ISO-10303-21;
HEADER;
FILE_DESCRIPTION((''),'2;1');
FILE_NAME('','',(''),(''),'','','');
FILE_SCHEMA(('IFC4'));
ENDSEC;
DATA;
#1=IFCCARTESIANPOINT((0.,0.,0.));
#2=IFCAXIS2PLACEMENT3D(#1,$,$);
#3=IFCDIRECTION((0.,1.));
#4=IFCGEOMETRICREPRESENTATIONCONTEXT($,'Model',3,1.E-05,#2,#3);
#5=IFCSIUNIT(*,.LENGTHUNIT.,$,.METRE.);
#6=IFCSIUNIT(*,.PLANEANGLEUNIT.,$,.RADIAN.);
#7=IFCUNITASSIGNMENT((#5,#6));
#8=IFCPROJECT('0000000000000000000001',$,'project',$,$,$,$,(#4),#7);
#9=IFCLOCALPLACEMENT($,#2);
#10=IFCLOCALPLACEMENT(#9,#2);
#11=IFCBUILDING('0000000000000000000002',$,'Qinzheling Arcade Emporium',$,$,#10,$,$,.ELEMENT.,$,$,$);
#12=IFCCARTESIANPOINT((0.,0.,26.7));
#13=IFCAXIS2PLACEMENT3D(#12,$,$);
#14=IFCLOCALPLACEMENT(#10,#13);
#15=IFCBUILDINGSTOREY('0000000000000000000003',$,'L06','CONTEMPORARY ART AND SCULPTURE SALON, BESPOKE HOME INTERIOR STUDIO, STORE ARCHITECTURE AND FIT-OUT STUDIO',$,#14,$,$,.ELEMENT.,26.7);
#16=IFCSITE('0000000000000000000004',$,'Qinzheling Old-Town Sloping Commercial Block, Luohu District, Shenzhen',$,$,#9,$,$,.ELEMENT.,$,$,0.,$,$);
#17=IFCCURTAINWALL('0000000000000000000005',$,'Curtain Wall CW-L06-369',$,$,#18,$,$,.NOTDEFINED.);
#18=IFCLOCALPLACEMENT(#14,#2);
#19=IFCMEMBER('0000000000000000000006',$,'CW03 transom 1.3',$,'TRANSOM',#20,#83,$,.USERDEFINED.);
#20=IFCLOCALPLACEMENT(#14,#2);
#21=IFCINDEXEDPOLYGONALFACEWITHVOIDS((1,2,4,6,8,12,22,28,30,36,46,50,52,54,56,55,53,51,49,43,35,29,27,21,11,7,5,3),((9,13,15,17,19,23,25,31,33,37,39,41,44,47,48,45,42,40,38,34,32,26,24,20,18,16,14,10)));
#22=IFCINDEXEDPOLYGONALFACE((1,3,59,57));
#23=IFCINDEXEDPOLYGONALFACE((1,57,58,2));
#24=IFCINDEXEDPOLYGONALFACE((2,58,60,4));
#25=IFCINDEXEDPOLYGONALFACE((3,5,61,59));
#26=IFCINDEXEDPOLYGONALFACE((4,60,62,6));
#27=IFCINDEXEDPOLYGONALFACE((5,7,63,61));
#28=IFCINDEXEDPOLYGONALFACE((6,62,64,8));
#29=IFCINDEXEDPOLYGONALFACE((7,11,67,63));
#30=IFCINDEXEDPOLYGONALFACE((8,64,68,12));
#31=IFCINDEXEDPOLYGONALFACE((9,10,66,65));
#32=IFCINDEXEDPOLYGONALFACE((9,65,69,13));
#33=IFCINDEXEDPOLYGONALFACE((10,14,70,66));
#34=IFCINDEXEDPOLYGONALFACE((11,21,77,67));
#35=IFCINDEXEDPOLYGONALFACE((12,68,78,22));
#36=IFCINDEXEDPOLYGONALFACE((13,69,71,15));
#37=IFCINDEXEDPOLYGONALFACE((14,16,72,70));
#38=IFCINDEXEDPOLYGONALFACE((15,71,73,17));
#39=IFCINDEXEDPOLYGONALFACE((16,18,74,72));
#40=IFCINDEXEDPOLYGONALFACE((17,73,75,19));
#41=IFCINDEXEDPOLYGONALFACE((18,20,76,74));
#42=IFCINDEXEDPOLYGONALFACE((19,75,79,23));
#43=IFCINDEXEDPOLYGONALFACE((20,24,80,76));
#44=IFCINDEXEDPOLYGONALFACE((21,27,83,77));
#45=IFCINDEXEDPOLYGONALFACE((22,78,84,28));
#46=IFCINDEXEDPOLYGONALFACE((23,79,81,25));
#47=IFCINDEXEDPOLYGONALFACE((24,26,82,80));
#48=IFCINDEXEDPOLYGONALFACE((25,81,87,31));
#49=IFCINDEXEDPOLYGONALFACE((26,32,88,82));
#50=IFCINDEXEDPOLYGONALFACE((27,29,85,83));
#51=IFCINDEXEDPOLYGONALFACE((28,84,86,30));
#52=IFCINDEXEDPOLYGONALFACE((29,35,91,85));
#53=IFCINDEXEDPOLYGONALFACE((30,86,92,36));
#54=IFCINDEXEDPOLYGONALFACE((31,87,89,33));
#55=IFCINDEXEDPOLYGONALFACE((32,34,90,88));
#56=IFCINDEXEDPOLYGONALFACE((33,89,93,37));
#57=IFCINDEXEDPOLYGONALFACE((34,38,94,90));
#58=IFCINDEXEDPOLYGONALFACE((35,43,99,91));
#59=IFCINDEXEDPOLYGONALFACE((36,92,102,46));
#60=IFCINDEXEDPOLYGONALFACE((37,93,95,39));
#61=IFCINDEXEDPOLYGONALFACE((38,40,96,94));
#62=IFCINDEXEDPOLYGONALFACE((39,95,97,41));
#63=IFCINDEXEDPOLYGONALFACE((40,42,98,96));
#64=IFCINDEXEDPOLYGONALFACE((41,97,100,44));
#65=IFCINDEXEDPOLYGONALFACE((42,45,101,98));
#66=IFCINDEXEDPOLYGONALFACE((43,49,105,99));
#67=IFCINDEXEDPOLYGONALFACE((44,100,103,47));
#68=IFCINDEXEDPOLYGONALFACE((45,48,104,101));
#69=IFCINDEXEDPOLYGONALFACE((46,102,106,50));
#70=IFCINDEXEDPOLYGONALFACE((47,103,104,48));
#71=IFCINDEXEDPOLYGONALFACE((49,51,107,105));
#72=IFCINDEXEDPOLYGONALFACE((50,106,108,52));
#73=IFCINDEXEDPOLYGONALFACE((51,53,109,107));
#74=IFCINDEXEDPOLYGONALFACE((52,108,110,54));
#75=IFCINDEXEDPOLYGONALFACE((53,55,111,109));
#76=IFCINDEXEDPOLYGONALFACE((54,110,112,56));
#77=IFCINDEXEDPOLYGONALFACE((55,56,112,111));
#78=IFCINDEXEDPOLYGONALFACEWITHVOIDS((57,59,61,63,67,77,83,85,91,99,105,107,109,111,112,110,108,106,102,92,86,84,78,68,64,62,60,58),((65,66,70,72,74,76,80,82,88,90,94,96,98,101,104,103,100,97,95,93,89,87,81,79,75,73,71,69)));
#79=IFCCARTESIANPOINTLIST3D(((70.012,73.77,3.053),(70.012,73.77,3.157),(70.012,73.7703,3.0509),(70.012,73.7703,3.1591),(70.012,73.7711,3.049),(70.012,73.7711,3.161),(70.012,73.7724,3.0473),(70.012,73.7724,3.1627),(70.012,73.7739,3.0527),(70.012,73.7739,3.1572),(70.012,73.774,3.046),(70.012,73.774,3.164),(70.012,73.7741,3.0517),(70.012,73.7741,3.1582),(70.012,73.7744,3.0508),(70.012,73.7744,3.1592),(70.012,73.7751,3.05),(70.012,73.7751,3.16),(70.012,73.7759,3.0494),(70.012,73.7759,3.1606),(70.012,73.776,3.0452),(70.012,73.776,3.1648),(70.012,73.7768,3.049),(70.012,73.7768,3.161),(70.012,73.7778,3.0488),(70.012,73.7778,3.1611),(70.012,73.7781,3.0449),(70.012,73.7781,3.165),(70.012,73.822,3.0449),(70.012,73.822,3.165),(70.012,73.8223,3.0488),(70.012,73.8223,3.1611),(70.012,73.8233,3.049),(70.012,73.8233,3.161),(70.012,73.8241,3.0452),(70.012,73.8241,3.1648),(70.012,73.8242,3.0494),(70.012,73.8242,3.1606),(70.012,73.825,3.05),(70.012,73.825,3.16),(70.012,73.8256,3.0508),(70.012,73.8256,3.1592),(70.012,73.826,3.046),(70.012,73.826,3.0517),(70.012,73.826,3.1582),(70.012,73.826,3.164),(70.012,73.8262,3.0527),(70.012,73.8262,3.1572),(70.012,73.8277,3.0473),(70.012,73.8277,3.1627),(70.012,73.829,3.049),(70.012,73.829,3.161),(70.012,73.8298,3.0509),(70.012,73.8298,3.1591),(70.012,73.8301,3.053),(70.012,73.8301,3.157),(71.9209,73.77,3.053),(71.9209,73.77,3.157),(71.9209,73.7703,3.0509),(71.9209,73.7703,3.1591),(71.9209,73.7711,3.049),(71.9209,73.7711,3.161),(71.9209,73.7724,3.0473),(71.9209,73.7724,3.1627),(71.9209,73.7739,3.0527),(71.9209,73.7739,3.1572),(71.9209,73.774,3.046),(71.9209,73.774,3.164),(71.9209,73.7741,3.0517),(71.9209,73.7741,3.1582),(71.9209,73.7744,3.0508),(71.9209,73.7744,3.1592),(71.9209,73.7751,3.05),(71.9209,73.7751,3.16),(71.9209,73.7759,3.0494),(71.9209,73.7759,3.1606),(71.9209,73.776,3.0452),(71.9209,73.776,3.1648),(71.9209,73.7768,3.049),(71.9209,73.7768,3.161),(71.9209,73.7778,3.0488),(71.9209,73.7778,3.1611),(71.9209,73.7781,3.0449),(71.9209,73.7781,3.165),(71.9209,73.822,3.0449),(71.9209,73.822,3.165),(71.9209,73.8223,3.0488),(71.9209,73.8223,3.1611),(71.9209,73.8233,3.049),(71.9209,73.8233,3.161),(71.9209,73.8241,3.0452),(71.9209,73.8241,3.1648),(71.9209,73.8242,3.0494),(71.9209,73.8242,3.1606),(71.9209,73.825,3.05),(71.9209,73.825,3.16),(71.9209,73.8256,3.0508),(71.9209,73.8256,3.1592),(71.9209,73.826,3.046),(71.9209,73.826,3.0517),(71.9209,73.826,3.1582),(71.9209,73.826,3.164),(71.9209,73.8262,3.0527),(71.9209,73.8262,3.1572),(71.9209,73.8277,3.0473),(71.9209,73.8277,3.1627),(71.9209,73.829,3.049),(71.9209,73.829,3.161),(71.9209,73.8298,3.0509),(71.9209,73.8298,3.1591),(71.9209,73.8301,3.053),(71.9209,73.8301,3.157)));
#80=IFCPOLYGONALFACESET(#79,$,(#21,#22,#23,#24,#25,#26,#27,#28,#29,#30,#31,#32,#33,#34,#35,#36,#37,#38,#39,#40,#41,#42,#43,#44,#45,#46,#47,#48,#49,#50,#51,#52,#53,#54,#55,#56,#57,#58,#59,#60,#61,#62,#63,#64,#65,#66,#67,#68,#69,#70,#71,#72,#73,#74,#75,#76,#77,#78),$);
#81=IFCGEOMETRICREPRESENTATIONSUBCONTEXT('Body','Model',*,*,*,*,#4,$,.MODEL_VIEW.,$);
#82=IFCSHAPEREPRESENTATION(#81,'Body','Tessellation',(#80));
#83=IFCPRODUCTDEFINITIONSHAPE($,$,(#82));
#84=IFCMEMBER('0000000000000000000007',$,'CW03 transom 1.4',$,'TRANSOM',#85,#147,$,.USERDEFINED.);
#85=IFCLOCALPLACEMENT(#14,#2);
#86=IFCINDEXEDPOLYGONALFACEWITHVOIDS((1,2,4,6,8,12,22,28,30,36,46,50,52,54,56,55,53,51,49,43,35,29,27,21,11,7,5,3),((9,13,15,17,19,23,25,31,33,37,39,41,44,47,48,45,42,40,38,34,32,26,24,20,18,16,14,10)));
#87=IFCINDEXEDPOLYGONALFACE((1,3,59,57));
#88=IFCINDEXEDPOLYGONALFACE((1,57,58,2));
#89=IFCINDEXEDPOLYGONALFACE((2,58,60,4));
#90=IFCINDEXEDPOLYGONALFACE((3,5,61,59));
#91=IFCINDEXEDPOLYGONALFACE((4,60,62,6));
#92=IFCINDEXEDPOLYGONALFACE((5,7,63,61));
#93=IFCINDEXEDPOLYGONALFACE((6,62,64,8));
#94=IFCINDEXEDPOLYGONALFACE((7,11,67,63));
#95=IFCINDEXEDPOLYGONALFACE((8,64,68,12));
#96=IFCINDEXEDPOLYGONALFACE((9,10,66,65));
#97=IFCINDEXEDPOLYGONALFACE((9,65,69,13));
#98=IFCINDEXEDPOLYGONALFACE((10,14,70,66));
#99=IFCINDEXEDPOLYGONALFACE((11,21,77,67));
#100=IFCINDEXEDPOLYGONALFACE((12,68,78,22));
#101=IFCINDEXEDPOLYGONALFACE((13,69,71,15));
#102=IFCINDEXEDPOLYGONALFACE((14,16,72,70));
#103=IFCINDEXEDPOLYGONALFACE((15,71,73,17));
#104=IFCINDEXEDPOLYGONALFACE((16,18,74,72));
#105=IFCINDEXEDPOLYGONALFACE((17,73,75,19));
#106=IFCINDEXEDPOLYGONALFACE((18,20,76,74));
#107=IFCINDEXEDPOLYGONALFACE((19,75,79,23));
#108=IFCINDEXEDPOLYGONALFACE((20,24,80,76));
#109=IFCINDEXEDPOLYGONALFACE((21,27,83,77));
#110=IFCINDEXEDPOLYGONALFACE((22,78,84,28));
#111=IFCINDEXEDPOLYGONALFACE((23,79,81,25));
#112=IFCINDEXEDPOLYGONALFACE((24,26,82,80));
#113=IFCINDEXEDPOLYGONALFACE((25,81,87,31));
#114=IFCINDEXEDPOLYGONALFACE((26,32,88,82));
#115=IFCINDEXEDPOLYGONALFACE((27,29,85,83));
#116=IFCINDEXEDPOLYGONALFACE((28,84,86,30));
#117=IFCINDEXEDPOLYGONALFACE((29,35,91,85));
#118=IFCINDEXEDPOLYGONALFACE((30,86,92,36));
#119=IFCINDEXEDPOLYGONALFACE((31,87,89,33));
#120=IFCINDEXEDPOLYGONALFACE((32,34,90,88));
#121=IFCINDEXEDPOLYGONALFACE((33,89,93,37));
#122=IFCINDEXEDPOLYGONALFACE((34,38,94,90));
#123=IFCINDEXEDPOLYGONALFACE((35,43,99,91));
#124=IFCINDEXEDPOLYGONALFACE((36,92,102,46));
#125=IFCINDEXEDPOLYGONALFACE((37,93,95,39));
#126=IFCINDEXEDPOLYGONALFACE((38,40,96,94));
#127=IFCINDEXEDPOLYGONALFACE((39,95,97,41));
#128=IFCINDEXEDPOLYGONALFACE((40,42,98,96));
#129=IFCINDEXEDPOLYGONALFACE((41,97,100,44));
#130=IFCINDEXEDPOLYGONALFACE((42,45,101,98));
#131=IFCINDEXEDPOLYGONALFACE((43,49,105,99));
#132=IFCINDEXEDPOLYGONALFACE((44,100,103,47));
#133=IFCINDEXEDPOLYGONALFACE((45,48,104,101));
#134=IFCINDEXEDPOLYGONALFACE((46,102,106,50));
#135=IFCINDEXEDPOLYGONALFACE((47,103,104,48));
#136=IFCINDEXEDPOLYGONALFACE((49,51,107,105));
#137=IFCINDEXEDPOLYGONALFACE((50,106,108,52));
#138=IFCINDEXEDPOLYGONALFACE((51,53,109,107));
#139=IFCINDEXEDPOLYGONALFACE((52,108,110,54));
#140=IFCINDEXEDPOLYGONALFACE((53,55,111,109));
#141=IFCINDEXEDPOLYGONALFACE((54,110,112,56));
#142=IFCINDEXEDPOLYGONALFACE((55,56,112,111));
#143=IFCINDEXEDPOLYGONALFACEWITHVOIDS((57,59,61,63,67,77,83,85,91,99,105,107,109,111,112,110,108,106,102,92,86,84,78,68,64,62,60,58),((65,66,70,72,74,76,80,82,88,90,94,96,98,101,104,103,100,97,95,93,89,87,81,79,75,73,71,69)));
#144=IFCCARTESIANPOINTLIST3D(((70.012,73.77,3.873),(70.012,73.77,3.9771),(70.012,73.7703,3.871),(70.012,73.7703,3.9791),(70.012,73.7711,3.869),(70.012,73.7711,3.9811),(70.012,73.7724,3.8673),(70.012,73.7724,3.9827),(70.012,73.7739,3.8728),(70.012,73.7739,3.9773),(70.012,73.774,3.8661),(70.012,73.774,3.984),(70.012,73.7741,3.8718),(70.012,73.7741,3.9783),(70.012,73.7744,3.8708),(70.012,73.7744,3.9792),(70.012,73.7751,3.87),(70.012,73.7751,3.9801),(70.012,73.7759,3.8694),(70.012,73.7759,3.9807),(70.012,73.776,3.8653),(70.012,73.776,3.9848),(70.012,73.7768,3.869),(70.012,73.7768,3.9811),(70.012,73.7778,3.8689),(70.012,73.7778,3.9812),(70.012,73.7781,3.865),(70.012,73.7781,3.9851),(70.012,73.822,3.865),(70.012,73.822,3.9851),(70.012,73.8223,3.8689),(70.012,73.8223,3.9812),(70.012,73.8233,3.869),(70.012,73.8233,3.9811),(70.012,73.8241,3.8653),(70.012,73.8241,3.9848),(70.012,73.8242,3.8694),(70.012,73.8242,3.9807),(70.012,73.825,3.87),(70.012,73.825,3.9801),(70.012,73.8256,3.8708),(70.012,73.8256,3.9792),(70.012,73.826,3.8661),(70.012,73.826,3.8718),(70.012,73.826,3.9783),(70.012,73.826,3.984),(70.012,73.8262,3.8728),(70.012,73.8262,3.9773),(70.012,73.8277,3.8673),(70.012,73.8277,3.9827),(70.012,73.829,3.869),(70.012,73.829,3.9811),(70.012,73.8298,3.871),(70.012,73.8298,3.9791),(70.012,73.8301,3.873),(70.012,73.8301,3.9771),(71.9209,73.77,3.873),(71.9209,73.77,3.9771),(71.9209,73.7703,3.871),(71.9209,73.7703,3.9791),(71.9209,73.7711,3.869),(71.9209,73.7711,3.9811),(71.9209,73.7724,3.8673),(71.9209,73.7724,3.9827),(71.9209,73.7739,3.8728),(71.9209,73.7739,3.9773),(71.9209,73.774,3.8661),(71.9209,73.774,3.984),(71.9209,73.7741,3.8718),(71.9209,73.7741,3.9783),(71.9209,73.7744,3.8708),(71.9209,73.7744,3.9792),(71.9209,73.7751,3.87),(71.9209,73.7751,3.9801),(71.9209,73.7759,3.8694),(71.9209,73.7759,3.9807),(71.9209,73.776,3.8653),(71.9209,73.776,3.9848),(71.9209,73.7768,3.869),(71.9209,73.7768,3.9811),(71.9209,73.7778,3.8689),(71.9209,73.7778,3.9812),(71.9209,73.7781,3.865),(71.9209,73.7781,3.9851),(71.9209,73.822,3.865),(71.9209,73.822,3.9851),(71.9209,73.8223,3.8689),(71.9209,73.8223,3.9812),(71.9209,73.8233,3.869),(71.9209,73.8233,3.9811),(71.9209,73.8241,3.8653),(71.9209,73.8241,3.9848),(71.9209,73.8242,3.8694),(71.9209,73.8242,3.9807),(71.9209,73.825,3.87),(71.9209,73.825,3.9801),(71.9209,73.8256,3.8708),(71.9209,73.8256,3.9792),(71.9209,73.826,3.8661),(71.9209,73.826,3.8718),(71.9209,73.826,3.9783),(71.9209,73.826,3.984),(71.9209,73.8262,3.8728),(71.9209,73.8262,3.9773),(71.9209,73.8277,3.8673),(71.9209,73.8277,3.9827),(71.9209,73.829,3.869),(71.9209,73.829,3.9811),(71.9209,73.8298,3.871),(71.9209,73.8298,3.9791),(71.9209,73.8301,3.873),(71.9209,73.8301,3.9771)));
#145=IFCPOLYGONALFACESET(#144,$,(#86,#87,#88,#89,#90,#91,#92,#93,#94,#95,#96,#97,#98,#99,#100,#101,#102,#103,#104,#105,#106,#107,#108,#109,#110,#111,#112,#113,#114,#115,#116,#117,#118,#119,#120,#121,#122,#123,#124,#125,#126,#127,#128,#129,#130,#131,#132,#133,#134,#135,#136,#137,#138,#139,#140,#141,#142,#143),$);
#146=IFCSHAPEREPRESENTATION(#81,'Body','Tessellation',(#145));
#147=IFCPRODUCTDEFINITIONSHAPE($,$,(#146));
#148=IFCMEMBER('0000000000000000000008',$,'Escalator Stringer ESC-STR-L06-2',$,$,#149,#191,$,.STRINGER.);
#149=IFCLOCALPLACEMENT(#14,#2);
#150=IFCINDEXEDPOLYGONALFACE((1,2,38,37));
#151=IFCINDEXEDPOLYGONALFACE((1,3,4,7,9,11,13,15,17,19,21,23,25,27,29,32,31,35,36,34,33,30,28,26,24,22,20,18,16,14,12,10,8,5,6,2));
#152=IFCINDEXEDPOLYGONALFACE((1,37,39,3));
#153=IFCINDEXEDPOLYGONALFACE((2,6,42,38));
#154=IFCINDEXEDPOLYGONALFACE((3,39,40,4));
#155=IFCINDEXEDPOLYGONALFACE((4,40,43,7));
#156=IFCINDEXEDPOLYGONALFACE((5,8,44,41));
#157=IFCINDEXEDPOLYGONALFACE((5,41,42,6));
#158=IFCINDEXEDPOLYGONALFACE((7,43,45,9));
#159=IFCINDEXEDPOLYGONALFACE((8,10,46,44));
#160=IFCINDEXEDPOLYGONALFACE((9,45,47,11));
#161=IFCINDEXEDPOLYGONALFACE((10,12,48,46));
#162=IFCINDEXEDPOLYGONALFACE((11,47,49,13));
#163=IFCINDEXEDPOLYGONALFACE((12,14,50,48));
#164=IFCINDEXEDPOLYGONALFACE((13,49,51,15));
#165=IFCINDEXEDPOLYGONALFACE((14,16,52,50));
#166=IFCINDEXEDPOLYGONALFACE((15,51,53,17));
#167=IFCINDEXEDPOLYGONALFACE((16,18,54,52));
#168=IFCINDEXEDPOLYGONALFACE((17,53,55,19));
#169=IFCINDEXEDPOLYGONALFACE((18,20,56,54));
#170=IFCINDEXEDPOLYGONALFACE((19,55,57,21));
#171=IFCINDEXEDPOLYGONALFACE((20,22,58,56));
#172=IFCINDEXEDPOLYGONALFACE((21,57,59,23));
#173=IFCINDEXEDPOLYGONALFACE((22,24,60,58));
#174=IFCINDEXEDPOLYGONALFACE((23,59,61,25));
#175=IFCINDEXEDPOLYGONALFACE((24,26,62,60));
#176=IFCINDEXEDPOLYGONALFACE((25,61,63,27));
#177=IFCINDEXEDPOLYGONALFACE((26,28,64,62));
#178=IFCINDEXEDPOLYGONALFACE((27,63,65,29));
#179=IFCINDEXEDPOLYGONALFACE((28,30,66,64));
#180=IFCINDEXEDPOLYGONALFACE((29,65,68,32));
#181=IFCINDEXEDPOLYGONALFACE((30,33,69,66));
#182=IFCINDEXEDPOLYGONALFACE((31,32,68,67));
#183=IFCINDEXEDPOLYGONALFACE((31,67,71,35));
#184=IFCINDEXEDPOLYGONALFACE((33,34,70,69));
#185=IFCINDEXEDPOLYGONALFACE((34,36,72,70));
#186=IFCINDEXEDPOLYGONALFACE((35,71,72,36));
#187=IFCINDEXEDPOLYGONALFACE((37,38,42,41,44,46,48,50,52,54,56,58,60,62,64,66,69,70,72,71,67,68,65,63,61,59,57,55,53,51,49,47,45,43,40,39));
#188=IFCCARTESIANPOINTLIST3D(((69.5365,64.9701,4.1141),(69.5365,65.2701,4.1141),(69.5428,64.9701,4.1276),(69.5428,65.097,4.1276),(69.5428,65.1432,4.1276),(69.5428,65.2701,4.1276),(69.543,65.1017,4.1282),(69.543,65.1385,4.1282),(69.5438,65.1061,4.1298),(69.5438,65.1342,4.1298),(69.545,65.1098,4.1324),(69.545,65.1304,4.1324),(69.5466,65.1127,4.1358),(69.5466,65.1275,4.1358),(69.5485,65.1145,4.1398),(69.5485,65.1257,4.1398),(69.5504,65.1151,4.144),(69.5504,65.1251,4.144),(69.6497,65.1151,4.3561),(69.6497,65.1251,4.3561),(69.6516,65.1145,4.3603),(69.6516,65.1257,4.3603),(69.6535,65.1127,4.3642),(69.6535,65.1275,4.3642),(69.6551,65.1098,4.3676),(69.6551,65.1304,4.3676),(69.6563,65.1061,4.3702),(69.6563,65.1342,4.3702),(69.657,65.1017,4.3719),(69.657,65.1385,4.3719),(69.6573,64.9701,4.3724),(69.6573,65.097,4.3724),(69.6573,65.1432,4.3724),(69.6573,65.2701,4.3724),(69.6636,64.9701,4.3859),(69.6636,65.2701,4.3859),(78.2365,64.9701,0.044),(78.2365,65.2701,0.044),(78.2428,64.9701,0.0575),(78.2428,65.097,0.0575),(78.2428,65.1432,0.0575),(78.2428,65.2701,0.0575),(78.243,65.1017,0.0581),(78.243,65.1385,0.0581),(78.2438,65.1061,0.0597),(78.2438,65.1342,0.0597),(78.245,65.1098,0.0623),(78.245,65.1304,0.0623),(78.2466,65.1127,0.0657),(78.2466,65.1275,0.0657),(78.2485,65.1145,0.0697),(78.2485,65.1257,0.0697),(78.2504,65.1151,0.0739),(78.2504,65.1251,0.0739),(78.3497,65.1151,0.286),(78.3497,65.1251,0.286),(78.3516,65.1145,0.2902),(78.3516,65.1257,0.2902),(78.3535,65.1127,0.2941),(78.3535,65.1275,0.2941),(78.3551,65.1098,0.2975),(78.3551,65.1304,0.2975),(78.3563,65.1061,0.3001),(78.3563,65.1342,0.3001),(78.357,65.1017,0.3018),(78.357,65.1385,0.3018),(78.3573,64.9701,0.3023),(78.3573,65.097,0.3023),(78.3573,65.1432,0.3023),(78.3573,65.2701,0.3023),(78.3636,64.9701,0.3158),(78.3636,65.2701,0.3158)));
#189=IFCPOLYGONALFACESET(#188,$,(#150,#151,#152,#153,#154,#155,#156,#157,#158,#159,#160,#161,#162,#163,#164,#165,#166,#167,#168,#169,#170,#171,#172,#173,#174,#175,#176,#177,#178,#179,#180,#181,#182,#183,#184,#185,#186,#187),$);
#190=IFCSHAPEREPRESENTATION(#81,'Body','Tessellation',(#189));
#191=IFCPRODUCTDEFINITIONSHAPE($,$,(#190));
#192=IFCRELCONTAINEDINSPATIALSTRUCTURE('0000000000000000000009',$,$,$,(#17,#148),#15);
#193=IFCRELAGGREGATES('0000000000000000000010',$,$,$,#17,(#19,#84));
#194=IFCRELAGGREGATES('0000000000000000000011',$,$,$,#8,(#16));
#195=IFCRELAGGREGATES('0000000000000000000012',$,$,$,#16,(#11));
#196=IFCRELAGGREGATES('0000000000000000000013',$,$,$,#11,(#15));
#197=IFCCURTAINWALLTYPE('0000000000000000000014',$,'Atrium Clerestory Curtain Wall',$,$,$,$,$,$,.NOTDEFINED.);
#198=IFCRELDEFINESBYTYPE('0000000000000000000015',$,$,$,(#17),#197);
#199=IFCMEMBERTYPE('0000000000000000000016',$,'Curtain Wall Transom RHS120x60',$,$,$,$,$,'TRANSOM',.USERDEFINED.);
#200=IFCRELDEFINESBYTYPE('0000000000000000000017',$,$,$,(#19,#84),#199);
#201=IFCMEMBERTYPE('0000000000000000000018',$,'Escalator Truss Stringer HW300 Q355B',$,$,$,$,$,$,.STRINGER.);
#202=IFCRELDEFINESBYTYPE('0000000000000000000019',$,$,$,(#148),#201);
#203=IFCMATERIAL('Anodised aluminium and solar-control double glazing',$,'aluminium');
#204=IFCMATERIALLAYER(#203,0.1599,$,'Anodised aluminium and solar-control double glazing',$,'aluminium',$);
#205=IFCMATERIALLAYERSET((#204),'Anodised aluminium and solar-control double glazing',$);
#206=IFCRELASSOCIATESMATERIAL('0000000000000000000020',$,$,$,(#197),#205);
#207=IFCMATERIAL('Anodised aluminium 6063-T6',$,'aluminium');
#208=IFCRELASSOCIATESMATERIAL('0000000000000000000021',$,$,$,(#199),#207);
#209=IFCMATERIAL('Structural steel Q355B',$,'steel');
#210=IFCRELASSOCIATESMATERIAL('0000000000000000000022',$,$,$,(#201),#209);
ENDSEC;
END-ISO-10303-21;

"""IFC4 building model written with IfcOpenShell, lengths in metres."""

from ifc_helpers import new_model, si_unit, direction, frame, origin, origin_2d, place, context, subcontext, project, spatial, hollow_rectangle, i_section, extrude, material, layer, layer_set, material_profile, profile_set, type_object, element, aggregate, save


model = new_model("IFC4")

# Units and contexts
model_context = context("Model", 3, precision=1e-05, world=origin(), true_north=direction((0.0, 1.0)))
body_context = subcontext(model_context, "Body", "Model", "MODEL_VIEW")
ifc_project = project(units=[si_unit("LENGTHUNIT", "METRE"), si_unit("PLANEANGLEUNIT", "RADIAN")], contexts=[model_context])

# Site, building, storey
site_placement = place(None, origin())
site = spatial("IfcSite", under=ifc_project, at=site_placement, Name="Qinzheling Old-Town Sloping Commercial Block, Luohu District, Shenzhen", CompositionType="ELEMENT", RefElevation=0.0)
building_placement = place(site_placement, origin())
building = spatial("IfcBuilding", under=site, at=building_placement, Name="Qinzheling Arcade Emporium", CompositionType="ELEMENT")
storey_placement = place(building_placement, frame((0.0, 0.0, 26.7)))
storey = spatial("IfcBuildingStorey", under=building, at=storey_placement, Name="L06", Description="CONTEMPORARY ART AND SCULPTURE SALON, BESPOKE HOME INTERIOR STUDIO, STORE ARCHITECTURE AND FIT-OUT STUDIO", CompositionType="ELEMENT", Elevation=26.7)

# Shared definitions
ifc_material_1 = material(Name="Structural steel Q355B", Category="steel")

# Curtain wall, members
ifc_material_2 = material(Name="Anodised aluminium and solar-control double glazing", Category="aluminium")
ifc_layer_1 = layer(ifc_material_2, 0.1599, Name="Anodised aluminium and solar-control double glazing", Category="aluminium")
ifc_layer_set_1 = layer_set([ifc_layer_1], Name="Anodised aluminium and solar-control double glazing")
curtain_wall_type = type_object("IfcCurtainWallType", Name="Atrium Clerestory Curtain Wall", PredefinedType="NOTDEFINED", material=ifc_layer_set_1)
curtain_wall_placement = place(storey_placement, origin())
curtain_wall = element("IfcCurtainWall", 1, at=curtain_wall_placement, inside=storey, type_object=curtain_wall_type, Name="Curtain Wall CW-L06-369", PredefinedType="NOTDEFINED")
ifc_material_3 = material(Name="Anodised aluminium 6063-T6", Category="aluminium")
ifc_material_profile_1 = material_profile(ifc_material_3, hollow_rectangle(XDim=0.0601, YDim=0.1201, WallThickness=0.0039, InnerFilletRadius=0.0039, OuterFilletRadius=0.0081, at=origin_2d()), Name="RHS 120x60x4", Category="aluminium")
ifc_profile_set_1 = profile_set([ifc_material_profile_1], Name="Anodised aluminium 6063-T6")
member_type_1 = type_object("IfcMemberType", Name="Curtain Wall Transom RHS120x60", ElementType="TRANSOM", PredefinedType="USERDEFINED", material=ifc_profile_set_1)
member_1_placement = place(storey_placement, frame((70.012, 73.8, 3.105), z_axis=(1.0, 0.0, 0.0), x_axis=(0.0, 1.0, 0.0)))
member_1 = element("IfcMember", 2, at=member_1_placement, type_object=member_type_1, Name="CW03 transom 1.3", ObjectType="TRANSOM", PredefinedType="USERDEFINED", context=body_context, shape_type="SweptSolid", body=[
    extrude(hollow_rectangle(XDim=0.0601, YDim=0.1201, WallThickness=0.0039, InnerFilletRadius=0.0039, OuterFilletRadius=0.0081, at=origin_2d()), origin(), (0.0, 0.0, 1.0), 1.9089),
])
member_2_placement = place(storey_placement, frame((70.012, 73.8, 3.925), z_axis=(1.0, 0.0, 0.0), x_axis=(0.0, 1.0, 0.0)))
member_2 = element("IfcMember", 3, at=member_2_placement, type_object=member_type_1, Name="CW03 transom 1.4", ObjectType="TRANSOM", PredefinedType="USERDEFINED", context=body_context, shape_type="SweptSolid", body=[
    extrude(hollow_rectangle(XDim=0.0601, YDim=0.1201, WallThickness=0.0039, InnerFilletRadius=0.0039, OuterFilletRadius=0.0081, at=origin_2d()), origin(), (0.0, 0.0, 1.0), 1.9089),
])

# Member
ifc_material_profile_2 = material_profile(ifc_material_1, i_section(OverallWidth=0.3, OverallDepth=0.3, WebThickness=0.01, FlangeThickness=0.0149, FilletRadius=0.0181, at=origin_2d()), Name="HW 300x300x10x15", Category="steel")
ifc_profile_set_2 = profile_set([ifc_material_profile_2], Name="Structural steel Q355B")
member_type_2 = type_object("IfcMemberType", Name="Escalator Truss Stringer HW300 Q355B", PredefinedType="STRINGER", material=ifc_profile_set_2)
member_3_placement = place(storey_placement, frame((78.3, 65.1201, 0.1799), z_axis=(-0.90578, 0.0, 0.423748), x_axis=(0.0, -1.0, 0.0)))
element("IfcMember", 4, at=member_3_placement, inside=storey, type_object=member_type_2, Name="Escalator Stringer ESC-STR-L06-2", PredefinedType="STRINGER", context=body_context, shape_type="SweptSolid", body=[
    extrude(i_section(OverallWidth=0.3, OverallDepth=0.3, WebThickness=0.01, FlangeThickness=0.0149, FilletRadius=0.0181, at=origin_2d()), origin(), (0.0, 0.0, 1.0), 9.605),
])

aggregate(curtain_wall, [member_1, member_2])

save(model, "model.ifc")
